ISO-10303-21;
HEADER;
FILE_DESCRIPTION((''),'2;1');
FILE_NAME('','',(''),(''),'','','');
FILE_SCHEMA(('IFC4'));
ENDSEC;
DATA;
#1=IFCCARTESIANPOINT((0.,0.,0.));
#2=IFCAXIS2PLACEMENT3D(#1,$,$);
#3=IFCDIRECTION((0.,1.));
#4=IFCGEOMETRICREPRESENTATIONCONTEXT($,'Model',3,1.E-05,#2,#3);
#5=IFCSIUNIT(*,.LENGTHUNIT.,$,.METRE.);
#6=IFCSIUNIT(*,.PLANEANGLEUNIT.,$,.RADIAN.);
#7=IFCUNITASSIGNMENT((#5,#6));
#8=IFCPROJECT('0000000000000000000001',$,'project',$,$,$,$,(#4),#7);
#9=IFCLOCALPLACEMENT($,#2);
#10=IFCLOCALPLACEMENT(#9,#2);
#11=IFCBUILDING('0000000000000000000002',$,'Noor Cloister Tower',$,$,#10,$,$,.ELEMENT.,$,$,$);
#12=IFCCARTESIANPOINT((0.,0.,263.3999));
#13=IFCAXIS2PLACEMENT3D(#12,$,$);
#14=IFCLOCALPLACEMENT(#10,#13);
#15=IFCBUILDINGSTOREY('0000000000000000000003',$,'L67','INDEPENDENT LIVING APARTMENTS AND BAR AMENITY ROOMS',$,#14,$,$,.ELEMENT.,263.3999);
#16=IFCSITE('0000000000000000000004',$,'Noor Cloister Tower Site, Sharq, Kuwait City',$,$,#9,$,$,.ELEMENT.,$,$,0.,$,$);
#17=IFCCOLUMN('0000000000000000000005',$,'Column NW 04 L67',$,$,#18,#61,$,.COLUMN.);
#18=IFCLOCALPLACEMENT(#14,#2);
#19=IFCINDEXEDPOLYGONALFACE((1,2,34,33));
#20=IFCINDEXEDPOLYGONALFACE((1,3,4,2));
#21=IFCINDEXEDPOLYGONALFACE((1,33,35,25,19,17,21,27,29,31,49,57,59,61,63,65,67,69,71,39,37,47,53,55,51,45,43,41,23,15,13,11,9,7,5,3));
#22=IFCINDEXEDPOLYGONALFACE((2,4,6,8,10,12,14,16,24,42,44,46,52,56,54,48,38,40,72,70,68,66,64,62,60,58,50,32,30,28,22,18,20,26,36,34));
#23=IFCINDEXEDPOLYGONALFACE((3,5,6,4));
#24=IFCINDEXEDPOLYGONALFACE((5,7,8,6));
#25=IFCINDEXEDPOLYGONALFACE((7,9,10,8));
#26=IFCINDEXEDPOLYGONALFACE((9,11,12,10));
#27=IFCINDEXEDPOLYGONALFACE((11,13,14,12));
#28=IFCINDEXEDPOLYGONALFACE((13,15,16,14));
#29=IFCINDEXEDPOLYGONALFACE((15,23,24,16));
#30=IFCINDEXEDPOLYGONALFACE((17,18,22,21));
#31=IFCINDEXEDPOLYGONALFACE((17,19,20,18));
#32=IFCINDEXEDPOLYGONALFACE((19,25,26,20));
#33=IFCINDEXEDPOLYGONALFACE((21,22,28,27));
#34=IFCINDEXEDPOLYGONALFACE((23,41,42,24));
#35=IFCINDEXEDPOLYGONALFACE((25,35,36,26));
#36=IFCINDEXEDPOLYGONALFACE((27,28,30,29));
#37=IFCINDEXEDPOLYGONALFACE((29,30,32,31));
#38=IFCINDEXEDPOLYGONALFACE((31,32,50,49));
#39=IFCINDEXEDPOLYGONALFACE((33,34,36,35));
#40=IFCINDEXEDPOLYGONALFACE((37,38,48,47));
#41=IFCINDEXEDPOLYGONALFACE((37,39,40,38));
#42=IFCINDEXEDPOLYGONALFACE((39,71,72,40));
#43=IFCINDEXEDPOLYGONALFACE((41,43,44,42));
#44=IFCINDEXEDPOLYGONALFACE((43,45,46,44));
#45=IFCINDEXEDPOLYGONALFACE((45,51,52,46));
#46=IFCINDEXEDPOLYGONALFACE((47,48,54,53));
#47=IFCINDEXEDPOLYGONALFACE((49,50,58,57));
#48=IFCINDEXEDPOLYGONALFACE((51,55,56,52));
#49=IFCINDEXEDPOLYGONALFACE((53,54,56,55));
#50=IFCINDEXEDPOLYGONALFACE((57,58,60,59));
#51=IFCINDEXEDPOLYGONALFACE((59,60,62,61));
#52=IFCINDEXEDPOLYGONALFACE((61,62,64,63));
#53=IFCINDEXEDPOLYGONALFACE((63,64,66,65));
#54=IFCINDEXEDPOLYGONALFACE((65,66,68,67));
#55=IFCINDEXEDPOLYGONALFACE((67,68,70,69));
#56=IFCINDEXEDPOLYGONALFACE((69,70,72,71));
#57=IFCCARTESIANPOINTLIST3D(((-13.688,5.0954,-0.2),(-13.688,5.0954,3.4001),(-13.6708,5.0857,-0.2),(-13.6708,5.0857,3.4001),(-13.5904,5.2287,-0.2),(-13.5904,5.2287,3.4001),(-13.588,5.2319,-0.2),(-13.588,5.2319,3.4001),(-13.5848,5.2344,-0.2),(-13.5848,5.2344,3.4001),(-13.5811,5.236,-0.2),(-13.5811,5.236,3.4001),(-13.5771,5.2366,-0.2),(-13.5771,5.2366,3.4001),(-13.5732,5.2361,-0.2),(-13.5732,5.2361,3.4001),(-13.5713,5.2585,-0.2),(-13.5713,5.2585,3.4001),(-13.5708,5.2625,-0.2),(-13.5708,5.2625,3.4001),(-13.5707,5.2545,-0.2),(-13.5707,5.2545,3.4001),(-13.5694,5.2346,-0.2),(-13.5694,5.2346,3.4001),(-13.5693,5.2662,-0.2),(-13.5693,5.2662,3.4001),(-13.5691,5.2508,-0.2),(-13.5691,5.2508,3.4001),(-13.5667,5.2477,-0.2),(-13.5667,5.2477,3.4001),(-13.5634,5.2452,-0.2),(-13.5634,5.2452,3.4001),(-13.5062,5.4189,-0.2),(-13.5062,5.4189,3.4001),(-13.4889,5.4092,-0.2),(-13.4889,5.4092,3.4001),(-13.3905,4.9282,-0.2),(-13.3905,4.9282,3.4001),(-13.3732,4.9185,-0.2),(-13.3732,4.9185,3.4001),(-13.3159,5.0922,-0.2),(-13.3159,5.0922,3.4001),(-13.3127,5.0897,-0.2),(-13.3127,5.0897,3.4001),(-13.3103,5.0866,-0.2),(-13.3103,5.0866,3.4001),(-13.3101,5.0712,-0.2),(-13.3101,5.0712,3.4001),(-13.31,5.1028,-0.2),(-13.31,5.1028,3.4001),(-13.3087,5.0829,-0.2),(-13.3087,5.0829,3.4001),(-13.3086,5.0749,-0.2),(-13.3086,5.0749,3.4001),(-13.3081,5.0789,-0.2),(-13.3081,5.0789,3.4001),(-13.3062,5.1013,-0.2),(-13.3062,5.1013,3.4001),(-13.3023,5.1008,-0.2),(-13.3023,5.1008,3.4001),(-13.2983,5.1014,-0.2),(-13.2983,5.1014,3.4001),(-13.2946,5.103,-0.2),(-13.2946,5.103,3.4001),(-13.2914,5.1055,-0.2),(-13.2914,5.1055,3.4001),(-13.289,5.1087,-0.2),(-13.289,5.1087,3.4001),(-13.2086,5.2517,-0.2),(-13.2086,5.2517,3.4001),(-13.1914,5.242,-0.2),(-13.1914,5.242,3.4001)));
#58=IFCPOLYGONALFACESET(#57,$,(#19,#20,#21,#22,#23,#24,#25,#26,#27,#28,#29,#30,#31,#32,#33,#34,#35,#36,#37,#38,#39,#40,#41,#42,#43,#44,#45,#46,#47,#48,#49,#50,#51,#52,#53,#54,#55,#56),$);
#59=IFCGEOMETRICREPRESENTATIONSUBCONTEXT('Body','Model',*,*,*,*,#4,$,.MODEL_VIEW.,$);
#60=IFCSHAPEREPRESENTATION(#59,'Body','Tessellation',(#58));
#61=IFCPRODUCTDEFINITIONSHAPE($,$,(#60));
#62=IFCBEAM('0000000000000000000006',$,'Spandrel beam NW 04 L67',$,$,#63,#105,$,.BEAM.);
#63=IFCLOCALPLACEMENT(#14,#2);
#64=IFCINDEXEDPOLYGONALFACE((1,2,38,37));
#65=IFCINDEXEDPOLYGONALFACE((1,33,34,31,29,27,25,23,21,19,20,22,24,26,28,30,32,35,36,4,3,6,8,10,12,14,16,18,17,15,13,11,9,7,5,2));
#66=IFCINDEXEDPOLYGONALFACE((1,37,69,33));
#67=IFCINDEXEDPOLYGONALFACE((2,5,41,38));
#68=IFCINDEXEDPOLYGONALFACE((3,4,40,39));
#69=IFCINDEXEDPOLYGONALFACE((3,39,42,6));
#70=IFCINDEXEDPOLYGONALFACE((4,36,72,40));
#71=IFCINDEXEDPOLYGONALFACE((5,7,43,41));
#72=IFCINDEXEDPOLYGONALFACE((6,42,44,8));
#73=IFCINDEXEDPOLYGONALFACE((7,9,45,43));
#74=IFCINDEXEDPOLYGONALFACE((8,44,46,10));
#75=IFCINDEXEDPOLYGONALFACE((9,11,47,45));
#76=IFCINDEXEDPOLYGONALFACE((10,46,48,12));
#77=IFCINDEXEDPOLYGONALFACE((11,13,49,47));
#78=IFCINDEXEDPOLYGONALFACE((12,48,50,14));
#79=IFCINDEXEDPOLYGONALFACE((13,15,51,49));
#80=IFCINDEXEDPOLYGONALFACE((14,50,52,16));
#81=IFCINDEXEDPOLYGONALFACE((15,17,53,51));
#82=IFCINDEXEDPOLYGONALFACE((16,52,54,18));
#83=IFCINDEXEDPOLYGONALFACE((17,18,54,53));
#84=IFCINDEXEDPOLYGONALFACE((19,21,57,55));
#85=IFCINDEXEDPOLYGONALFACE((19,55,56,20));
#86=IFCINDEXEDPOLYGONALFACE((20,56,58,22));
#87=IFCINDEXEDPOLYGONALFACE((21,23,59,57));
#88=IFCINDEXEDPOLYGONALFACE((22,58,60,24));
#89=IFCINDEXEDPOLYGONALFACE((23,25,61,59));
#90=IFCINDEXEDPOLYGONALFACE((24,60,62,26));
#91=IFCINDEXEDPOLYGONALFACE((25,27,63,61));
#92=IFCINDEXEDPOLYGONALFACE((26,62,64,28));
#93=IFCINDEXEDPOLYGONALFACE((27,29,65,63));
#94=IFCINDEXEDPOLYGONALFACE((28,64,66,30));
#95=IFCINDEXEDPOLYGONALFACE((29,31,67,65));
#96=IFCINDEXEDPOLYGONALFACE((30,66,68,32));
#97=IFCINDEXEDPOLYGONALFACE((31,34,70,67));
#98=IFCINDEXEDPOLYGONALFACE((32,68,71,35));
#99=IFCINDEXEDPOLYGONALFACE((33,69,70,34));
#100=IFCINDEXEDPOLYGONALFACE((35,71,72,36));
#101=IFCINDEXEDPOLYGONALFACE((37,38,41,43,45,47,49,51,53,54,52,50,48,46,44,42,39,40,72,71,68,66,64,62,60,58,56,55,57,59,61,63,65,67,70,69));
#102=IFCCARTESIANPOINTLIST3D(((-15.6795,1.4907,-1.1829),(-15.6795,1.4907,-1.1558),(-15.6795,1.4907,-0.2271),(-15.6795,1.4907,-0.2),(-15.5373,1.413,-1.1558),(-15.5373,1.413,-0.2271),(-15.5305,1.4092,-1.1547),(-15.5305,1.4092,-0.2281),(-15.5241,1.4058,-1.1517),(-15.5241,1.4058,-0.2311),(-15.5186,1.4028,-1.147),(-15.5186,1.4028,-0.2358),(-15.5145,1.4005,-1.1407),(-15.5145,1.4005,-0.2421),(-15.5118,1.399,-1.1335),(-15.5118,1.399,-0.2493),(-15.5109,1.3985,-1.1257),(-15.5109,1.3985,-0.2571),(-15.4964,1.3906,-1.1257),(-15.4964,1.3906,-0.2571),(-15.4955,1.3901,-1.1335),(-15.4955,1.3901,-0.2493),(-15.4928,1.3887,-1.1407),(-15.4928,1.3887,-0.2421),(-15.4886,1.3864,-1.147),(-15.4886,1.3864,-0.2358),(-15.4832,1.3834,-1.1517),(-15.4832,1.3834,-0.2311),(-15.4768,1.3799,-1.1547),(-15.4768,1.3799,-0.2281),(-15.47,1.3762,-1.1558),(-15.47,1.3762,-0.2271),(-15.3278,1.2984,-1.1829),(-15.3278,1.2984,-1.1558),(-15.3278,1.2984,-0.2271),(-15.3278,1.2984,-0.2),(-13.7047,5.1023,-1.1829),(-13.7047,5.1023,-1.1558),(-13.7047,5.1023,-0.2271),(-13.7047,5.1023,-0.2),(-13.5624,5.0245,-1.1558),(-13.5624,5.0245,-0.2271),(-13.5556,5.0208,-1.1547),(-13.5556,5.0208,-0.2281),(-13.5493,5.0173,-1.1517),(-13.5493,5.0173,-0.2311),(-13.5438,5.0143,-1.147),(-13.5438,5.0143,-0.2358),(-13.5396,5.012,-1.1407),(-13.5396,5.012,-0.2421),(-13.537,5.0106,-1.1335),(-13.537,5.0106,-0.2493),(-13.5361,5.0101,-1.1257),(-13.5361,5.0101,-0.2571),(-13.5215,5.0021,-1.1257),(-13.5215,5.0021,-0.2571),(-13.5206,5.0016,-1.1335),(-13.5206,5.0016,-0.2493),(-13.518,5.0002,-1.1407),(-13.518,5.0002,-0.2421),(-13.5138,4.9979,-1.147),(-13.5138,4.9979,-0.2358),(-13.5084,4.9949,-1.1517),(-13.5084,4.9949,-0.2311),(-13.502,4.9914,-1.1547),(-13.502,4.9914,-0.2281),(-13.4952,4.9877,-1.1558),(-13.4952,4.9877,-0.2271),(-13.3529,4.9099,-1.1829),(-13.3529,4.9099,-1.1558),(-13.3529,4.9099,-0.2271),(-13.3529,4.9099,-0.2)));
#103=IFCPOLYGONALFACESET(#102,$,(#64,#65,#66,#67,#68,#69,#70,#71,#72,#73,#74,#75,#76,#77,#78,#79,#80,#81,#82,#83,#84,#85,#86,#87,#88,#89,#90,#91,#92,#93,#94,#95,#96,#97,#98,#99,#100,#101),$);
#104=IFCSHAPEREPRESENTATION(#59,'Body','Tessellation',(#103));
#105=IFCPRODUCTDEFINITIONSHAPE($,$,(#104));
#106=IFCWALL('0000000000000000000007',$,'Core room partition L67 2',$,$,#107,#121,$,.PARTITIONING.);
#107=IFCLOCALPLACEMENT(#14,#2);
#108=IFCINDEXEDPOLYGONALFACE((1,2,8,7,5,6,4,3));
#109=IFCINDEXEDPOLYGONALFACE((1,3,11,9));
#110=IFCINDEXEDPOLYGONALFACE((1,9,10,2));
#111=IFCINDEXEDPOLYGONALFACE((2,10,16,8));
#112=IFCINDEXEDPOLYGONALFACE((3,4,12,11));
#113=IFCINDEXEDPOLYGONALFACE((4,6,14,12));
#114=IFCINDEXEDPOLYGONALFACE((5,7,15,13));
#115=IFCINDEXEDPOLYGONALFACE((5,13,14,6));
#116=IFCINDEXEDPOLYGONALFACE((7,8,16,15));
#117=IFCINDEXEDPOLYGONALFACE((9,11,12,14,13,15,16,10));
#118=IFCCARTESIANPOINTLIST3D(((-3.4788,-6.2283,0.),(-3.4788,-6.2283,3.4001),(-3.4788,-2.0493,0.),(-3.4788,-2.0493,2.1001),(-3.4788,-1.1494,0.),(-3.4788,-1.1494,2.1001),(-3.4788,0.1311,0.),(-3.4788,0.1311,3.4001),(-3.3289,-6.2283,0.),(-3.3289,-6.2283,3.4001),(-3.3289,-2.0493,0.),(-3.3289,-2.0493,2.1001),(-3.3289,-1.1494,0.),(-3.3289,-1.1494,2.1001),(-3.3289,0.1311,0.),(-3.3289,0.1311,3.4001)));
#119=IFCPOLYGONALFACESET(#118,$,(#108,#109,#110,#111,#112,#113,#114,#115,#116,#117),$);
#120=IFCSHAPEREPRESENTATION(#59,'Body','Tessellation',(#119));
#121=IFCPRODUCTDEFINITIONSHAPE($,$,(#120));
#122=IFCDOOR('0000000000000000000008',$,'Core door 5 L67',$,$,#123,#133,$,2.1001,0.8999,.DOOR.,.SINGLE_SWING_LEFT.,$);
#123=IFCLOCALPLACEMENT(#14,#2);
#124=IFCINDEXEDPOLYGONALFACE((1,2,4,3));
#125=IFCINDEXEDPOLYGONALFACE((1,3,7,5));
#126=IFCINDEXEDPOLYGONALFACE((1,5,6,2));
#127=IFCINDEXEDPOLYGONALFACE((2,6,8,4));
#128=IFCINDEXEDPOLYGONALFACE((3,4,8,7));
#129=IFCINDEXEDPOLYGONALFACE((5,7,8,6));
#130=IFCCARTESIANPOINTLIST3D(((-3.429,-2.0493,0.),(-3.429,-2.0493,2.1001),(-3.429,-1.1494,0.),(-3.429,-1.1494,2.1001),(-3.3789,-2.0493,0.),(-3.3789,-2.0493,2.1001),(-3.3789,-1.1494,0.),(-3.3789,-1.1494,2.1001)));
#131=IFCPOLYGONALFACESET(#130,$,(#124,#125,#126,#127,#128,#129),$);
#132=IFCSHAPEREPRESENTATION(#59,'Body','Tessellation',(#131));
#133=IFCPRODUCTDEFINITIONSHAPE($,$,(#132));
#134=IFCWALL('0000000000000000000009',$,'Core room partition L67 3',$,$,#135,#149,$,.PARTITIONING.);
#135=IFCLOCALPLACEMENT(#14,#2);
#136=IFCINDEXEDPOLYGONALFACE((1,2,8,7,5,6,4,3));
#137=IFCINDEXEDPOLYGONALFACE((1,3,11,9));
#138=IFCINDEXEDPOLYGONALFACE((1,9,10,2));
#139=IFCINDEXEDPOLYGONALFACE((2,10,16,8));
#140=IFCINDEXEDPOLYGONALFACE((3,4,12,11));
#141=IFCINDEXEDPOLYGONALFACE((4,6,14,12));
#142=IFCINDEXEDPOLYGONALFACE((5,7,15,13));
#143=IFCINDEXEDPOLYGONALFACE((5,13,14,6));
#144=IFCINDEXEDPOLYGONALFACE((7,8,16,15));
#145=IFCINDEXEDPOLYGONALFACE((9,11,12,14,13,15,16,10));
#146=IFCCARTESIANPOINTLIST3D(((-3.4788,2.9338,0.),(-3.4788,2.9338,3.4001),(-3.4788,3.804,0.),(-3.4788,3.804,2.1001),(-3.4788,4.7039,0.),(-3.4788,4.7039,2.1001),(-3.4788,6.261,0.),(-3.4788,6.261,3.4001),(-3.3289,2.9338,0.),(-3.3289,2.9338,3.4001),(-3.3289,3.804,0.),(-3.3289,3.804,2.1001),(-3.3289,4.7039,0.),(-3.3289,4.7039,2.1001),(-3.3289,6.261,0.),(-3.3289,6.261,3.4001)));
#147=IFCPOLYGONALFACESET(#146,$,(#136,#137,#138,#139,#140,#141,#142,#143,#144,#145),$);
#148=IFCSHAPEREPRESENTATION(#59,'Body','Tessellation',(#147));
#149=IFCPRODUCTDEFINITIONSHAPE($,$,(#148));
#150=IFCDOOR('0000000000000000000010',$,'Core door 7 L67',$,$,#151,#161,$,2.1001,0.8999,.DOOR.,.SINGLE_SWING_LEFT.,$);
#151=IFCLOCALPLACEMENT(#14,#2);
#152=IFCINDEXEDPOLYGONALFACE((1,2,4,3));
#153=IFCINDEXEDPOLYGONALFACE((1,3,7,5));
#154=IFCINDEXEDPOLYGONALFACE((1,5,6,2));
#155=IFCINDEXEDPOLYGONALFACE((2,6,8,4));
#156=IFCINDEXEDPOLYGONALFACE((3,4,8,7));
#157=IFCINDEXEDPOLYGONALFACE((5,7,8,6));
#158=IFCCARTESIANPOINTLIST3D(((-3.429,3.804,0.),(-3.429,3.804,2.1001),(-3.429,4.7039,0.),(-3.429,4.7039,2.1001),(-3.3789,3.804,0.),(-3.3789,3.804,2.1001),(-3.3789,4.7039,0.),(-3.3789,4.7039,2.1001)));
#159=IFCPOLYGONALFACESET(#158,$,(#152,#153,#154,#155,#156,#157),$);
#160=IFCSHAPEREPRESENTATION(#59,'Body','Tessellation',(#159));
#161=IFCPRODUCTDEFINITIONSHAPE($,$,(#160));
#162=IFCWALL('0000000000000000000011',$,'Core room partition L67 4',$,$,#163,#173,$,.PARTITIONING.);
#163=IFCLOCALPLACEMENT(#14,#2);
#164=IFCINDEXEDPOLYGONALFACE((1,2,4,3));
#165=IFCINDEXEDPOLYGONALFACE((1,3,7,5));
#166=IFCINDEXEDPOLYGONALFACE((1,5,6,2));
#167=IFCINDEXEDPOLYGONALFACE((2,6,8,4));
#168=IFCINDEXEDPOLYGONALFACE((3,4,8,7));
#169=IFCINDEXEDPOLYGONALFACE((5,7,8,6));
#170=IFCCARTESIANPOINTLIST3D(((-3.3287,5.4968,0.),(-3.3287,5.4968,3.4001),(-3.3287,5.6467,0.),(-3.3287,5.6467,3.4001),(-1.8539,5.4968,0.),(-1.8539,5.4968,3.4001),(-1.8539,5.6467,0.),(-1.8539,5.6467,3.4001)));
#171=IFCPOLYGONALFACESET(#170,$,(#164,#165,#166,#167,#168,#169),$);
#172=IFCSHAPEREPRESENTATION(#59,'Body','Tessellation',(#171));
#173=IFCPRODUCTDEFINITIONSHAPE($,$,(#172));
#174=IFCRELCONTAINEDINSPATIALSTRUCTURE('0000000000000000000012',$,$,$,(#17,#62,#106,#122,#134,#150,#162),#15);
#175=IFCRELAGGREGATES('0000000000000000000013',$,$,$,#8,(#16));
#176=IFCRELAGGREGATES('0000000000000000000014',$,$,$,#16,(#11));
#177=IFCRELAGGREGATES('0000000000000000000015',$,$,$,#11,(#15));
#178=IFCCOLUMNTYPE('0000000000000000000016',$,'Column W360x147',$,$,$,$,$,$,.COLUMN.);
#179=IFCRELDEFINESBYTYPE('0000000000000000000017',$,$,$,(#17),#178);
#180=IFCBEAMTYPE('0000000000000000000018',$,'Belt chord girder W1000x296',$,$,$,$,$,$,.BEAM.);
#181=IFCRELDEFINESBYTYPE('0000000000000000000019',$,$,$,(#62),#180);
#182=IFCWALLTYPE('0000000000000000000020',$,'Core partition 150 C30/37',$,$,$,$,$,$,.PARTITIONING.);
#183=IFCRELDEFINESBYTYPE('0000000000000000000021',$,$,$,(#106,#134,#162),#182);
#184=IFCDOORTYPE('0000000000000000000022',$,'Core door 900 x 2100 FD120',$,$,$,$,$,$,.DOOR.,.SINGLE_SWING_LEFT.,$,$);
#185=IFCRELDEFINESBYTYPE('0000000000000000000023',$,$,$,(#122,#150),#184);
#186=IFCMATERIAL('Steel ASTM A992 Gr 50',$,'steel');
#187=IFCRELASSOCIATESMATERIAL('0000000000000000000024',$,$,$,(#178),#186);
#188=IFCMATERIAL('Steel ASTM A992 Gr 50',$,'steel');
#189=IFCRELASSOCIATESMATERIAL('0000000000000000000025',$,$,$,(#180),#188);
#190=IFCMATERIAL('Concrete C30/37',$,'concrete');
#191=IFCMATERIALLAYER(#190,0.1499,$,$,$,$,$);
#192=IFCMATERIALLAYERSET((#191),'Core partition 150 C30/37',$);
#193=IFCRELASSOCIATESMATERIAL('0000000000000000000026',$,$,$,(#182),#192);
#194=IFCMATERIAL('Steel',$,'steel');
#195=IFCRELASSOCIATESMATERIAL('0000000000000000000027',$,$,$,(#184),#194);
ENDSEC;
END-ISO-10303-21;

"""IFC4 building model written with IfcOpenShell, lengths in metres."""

from ifc_helpers import new_model, si_unit, direction, frame, frame_2d, origin, origin_2d, place, context, subcontext, project, spatial, rectangle, i_section, extrude, material, layer, layer_set, material_profile, profile_set, type_object, element, fill, save


model = new_model("IFC4")

# Units and contexts
model_context = context("Model", 3, precision=1e-05, world=origin(), true_north=direction((0.0, 1.0)))
body_context = subcontext(model_context, "Body", "Model", "MODEL_VIEW")
ifc_project = project(units=[si_unit("LENGTHUNIT", "METRE"), si_unit("PLANEANGLEUNIT", "RADIAN")], contexts=[model_context])

# Site, building, storey
site_placement = place(None, origin())
site = spatial("IfcSite", under=ifc_project, at=site_placement, Name="Noor Cloister Tower Site, Sharq, Kuwait City", CompositionType="ELEMENT", RefElevation=0.0)
building_placement = place(site_placement, origin())
building = spatial("IfcBuilding", under=site, at=building_placement, Name="Noor Cloister Tower", CompositionType="ELEMENT")
storey_placement = place(building_placement, frame((0.0, 0.0, 263.3999)))
storey = spatial("IfcBuildingStorey", under=building, at=storey_placement, Name="L67", Description="INDEPENDENT LIVING APARTMENTS AND BAR AMENITY ROOMS", CompositionType="ELEMENT", Elevation=263.3999)

# Column
ifc_material_1 = material(Name="Steel ASTM A992 Gr 50", Category="steel")
ifc_material_profile_1 = material_profile(ifc_material_1, i_section(OverallWidth=0.3711, OverallDepth=0.3611, WebThickness=0.0122, FlangeThickness=0.0198, FilletRadius=0.0154, at=origin_2d()), Name="W360x147")
ifc_profile_set_1 = profile_set([ifc_material_profile_1], Name="Steel ASTM A992 Gr 50")
column_type = type_object("IfcColumnType", Name="Column W360x147", PredefinedType="COLUMN", material=ifc_profile_set_1)
column_placement = place(storey_placement, frame((-13.4397, 5.1687, -0.2), z_axis=(0.0, 0.0, 1.0), x_axis=(-0.489924, -0.871765, 0.0)))
element("IfcColumn", 1, at=column_placement, inside=storey, type_object=column_type, Name="Column NW 04 L67", PredefinedType="COLUMN", context=body_context, shape_type="SweptSolid", body=[
    extrude(i_section(OverallWidth=0.3711, OverallDepth=0.3611, WebThickness=0.0122, FlangeThickness=0.0198, FilletRadius=0.0154, at=origin_2d()), origin(), (0.0, 0.0, 1.0), 3.6001),
])

# Beam
ifc_material_2 = material(Name="Steel ASTM A992 Gr 50", Category="steel")
ifc_material_profile_2 = material_profile(ifc_material_2, i_section(OverallWidth=0.4009, OverallDepth=0.9829, WebThickness=0.0166, FlangeThickness=0.0271, FilletRadius=0.03, at=origin_2d()), Name="W1000x296")
ifc_profile_set_2 = profile_set([ifc_material_profile_2], Name="Steel ASTM A992 Gr 50")
beam_type = type_object("IfcBeamType", Name="Belt chord girder W1000x296", PredefinedType="BEAM", material=ifc_profile_set_2)
beam_placement = place(storey_placement, frame((-13.5288, 5.0061, -0.6914), z_axis=(-0.47977, -0.877394, 0.0), x_axis=(0.877394, -0.47977, 0.0)))
element("IfcBeam", 2, at=beam_placement, inside=storey, type_object=beam_type, Name="Spandrel beam NW 04 L67", PredefinedType="BEAM", context=body_context, shape_type="SweptSolid", body=[
    extrude(i_section(OverallWidth=0.4009, OverallDepth=0.9829, WebThickness=0.0166, FlangeThickness=0.0271, FilletRadius=0.03, at=origin_2d()), origin(), (0.0, 0.0, 1.0), 4.1162),
])

# Walls, openings, doors
ifc_material_3 = material(Name="Concrete C30/37", Category="concrete")
ifc_layer_1 = layer(ifc_material_3, 0.1499)
ifc_layer_set_1 = layer_set([ifc_layer_1], Name="Core partition 150 C30/37")
wall_type_1 = type_object("IfcWallType", Name="Core partition 150 C30/37", PredefinedType="PARTITIONING", material=ifc_layer_set_1)
wall_1_placement = place(storey_placement, frame((-3.4038, 0.1311, 0.0), z_axis=(0.0, 0.0, 1.0), x_axis=(0.0, -1.0, 0.0)))
wall_1 = element("IfcWall", 3, at=wall_1_placement, inside=storey, type_object=wall_type_1, Name="Core room partition L67 2", PredefinedType="PARTITIONING", context=body_context, shape_type="SweptSolid", body=[
    extrude(rectangle(XDim=6.3594, YDim=0.1499, at=frame_2d((3.1797, 0.0))), origin(), (0.0, 0.0, 1.0), 3.4001),
])
opening_1_placement = place(wall_1_placement, frame((1.2805, 0.0, 0.0)))
opening_1 = element("IfcOpeningElement", 4, at=opening_1_placement, cuts=wall_1, PredefinedType="OPENING", context=body_context, shape_type="SweptSolid", body=[
    extrude(rectangle(XDim=0.8999, YDim=2.1001, at=frame_2d((0.45, 1.05))), frame((0.0, 0.085, 0.0), z_axis=(0.0, -1.0, 0.0), x_axis=(1.0, 0.0, 0.0)), (0.0, 0.0, 1.0), 0.1699),
])
ifc_material_4 = material(Name="Steel", Category="steel")
door_type_1 = type_object("IfcDoorType", Name="Core door 900 x 2100 FD120", OperationType="SINGLE_SWING_LEFT", PredefinedType="DOOR", material=ifc_material_4)
door_1_placement = place(opening_1_placement, origin())
door_1 = element("IfcDoor", 5, at=door_1_placement, inside=storey, type_object=door_type_1, Name="Core door 5 L67", OperationType="SINGLE_SWING_LEFT", OverallHeight=2.1001, OverallWidth=0.8999, PredefinedType="DOOR", context=body_context, shape_type="SweptSolid", body=[
    extrude(rectangle(XDim=0.8999, YDim=2.1001, at=frame_2d((0.45, 1.05))), frame((0.0, 0.0249, 0.0), z_axis=(0.0, -1.0, 0.0), x_axis=(1.0, 0.0, 0.0)), (0.0, 0.0, 1.0), 0.05),
])
fill(opening_1, door_1)
wall_2_placement = place(storey_placement, frame((-3.4038, 6.261, 0.0), z_axis=(0.0, 0.0, 1.0), x_axis=(0.0, -1.0, 0.0)))
wall_2 = element("IfcWall", 6, at=wall_2_placement, inside=storey, type_object=wall_type_1, Name="Core room partition L67 3", PredefinedType="PARTITIONING", context=body_context, shape_type="SweptSolid", body=[
    extrude(rectangle(XDim=3.3271, YDim=0.1499, at=frame_2d((1.6636, 0.0))), origin(), (0.0, 0.0, 1.0), 3.4001),
])
opening_2_placement = place(wall_2_placement, frame((1.5571, 0.0, 0.0)))
opening_2 = element("IfcOpeningElement", 7, at=opening_2_placement, cuts=wall_2, PredefinedType="OPENING", context=body_context, shape_type="SweptSolid", body=[
    extrude(rectangle(XDim=0.8999, YDim=2.1001, at=frame_2d((0.45, 1.05))), frame((0.0, 0.085, 0.0), z_axis=(0.0, -1.0, 0.0), x_axis=(1.0, 0.0, 0.0)), (0.0, 0.0, 1.0), 0.1699),
])
door_2_placement = place(opening_2_placement, origin())
door_2 = element("IfcDoor", 8, at=door_2_placement, inside=storey, type_object=door_type_1, Name="Core door 7 L67", OperationType="SINGLE_SWING_LEFT", OverallHeight=2.1001, OverallWidth=0.8999, PredefinedType="DOOR", context=body_context, shape_type="SweptSolid", body=[
    extrude(rectangle(XDim=0.8999, YDim=2.1001, at=frame_2d((0.45, 1.05))), frame((0.0, 0.0249, 0.0), z_axis=(0.0, -1.0, 0.0), x_axis=(1.0, 0.0, 0.0)), (0.0, 0.0, 1.0), 0.05),
])
fill(opening_2, door_2)

# Wall
wall_3_placement = place(storey_placement, frame((-3.3286, 5.5718, 0.0), z_axis=(0.0, 0.0, 1.0), x_axis=(1.0, 0.0, 0.0)))
element("IfcWall", 9, at=wall_3_placement, inside=storey, type_object=wall_type_1, Name="Core room partition L67 4", PredefinedType="PARTITIONING", context=body_context, shape_type="SweptSolid", body=[
    extrude(rectangle(XDim=1.4749, YDim=0.1499, at=frame_2d((0.7373, 0.0))), origin(), (0.0, 0.0, 1.0), 3.4001),
])

save(model, "model.ifc")
